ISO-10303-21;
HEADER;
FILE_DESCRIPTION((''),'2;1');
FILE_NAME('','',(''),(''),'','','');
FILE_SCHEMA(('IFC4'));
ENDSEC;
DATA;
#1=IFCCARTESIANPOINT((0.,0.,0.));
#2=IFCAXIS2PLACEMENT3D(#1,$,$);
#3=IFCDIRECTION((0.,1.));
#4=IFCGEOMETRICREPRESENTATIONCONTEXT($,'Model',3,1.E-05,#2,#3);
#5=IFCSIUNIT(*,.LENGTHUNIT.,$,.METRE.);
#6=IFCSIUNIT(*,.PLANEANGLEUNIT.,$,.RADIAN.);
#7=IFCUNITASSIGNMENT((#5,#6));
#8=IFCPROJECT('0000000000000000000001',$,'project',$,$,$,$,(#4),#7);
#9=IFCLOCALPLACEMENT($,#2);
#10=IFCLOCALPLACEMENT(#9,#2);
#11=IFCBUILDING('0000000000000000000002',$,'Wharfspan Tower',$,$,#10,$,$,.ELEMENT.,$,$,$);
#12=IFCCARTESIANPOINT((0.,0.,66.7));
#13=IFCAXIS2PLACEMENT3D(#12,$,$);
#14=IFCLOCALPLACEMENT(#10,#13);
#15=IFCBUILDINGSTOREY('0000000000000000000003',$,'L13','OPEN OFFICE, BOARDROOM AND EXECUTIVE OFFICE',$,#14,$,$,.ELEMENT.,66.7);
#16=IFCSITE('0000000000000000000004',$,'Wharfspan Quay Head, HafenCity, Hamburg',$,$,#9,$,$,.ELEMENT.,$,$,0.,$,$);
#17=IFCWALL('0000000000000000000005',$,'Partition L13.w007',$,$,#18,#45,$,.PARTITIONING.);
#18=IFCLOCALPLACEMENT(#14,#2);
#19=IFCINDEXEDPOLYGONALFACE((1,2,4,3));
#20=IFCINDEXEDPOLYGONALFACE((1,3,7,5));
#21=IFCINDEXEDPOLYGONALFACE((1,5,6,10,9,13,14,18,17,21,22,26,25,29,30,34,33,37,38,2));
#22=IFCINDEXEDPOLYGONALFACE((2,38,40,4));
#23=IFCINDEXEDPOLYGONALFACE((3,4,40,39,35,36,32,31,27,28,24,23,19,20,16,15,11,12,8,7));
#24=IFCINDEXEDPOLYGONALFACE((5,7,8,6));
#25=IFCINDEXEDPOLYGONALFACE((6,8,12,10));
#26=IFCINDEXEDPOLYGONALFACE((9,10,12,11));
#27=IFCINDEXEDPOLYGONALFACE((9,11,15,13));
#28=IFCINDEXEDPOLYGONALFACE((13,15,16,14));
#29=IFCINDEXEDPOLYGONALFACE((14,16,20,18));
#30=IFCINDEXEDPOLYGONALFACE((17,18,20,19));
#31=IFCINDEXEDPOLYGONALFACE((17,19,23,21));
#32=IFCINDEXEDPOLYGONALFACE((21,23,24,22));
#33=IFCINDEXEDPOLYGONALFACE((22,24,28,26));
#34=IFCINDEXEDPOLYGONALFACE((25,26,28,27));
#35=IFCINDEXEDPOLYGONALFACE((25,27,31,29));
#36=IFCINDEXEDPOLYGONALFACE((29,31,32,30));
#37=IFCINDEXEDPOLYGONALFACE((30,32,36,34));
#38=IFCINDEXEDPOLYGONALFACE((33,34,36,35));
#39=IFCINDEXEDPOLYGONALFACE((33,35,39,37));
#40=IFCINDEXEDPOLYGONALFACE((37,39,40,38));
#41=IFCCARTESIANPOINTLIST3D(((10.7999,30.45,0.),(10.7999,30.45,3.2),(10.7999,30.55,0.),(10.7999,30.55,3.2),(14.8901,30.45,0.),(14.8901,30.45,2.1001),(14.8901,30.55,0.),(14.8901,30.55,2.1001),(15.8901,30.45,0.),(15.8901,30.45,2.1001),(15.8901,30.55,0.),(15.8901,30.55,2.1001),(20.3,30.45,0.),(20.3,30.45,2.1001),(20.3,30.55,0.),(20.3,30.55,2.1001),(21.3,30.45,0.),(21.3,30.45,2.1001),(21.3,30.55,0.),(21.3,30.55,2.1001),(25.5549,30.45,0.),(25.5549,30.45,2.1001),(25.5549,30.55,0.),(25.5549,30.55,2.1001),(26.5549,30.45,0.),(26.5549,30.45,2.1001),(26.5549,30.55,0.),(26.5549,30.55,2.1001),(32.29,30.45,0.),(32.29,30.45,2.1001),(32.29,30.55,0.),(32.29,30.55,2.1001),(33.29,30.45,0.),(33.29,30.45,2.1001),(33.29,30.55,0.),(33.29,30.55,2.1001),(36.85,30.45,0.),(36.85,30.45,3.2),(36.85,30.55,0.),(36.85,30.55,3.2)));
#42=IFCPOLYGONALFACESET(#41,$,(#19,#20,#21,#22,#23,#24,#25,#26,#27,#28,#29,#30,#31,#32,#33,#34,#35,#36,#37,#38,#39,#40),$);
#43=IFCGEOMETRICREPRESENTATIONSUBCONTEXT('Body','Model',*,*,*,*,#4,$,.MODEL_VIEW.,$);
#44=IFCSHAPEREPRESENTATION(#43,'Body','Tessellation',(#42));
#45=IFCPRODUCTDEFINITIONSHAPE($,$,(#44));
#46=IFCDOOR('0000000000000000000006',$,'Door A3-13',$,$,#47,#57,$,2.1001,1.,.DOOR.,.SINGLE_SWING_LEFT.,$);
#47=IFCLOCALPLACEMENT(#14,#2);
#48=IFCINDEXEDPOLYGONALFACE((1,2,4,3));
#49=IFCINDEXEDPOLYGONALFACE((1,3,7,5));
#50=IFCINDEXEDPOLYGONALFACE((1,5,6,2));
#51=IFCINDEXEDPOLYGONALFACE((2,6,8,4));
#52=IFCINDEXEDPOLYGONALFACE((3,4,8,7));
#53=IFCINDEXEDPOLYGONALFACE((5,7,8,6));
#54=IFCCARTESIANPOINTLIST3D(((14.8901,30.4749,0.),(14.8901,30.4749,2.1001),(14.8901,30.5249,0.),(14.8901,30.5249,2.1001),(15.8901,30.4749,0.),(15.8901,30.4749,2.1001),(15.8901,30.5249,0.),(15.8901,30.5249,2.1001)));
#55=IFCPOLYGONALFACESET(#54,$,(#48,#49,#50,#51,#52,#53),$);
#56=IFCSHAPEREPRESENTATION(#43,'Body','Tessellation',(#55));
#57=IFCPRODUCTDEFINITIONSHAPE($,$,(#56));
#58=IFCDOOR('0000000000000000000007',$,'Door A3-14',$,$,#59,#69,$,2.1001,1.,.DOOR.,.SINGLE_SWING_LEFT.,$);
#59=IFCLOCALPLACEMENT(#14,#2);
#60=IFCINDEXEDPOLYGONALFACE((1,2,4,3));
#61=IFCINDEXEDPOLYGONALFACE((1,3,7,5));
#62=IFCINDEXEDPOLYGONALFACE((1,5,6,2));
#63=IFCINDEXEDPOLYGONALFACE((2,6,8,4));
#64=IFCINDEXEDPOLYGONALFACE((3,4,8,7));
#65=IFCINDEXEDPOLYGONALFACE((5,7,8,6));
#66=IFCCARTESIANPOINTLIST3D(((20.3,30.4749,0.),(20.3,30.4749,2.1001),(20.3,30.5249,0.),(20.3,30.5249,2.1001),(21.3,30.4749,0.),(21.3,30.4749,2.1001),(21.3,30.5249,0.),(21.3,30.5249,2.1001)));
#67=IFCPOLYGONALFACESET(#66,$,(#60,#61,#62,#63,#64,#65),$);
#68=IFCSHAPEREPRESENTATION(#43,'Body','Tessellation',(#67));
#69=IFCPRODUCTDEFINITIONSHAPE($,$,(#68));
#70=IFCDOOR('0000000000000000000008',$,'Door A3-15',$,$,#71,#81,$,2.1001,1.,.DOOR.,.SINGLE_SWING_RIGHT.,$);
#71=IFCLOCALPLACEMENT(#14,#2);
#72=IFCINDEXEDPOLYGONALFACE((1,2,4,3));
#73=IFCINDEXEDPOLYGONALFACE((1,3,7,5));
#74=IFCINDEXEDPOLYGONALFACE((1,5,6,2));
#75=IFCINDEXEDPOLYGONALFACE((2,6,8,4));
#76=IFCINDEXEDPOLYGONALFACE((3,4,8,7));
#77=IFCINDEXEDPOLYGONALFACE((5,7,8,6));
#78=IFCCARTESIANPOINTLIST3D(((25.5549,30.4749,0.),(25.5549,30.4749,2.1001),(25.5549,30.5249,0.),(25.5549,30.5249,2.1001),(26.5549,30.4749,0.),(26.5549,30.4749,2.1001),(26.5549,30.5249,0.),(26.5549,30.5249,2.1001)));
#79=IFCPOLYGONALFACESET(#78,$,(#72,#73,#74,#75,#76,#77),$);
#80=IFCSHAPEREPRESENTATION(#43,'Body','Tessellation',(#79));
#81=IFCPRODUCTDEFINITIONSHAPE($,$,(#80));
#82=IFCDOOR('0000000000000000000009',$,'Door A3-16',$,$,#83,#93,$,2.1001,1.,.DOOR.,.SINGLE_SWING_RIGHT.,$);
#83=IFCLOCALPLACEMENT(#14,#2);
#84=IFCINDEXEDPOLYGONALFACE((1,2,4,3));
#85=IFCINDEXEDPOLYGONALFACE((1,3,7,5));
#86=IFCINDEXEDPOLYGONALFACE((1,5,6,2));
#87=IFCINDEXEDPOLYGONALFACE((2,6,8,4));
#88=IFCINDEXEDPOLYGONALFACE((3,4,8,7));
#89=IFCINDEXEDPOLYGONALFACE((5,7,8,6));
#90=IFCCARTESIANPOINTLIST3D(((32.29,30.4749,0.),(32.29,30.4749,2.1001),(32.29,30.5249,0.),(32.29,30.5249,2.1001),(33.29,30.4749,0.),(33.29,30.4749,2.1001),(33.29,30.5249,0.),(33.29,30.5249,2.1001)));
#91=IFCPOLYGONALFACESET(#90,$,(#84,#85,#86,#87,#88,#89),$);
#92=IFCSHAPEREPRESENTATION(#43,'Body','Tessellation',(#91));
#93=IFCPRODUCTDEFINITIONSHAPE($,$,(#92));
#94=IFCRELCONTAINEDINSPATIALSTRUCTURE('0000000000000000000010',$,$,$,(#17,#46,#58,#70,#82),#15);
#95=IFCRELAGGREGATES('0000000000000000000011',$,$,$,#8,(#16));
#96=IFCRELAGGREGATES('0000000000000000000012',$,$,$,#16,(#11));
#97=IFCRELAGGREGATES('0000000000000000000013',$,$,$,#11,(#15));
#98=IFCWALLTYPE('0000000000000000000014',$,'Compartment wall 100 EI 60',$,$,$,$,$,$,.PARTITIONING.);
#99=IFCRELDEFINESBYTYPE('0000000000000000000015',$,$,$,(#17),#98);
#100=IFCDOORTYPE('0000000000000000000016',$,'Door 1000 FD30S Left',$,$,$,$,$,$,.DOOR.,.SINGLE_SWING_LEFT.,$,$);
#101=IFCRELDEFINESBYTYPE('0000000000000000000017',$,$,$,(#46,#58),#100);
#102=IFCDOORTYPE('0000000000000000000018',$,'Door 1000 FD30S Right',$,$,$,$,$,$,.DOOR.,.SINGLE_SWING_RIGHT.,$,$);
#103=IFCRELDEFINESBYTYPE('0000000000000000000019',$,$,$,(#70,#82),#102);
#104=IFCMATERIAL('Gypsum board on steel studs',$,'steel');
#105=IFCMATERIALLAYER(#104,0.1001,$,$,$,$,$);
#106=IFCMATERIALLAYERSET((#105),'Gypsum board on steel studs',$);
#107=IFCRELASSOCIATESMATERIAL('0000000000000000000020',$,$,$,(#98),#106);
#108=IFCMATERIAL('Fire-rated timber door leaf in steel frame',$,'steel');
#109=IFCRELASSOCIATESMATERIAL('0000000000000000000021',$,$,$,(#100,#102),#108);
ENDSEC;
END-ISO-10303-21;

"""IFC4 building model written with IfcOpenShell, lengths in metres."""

from ifc_helpers import new_model, si_unit, direction, frame, frame_2d, origin, place, context, subcontext, project, spatial, rectangle, extrude, material, layer, layer_set, type_object, element, fill, save


model = new_model("IFC4")

# Units and contexts
model_context = context("Model", 3, precision=1e-05, world=origin(), true_north=direction((0.0, 1.0)))
body_context = subcontext(model_context, "Body", "Model", "MODEL_VIEW")
ifc_project = project(units=[si_unit("LENGTHUNIT", "METRE"), si_unit("PLANEANGLEUNIT", "RADIAN")], contexts=[model_context])

# Site, building, storey
site_placement = place(None, origin())
site = spatial("IfcSite", under=ifc_project, at=site_placement, Name="Wharfspan Quay Head, HafenCity, Hamburg", CompositionType="ELEMENT", RefElevation=0.0)
building_placement = place(site_placement, origin())
building = spatial("IfcBuilding", under=site, at=building_placement, Name="Wharfspan Tower", CompositionType="ELEMENT")
storey_placement = place(building_placement, frame((0.0, 0.0, 66.7)))
storey = spatial("IfcBuildingStorey", under=building, at=storey_placement, Name="L13", Description="OPEN OFFICE, BOARDROOM AND EXECUTIVE OFFICE", CompositionType="ELEMENT", Elevation=66.7)

# Wall, openings, doors
ifc_material_1 = material(Name="Gypsum board on steel studs", Category="steel")
ifc_layer = layer(ifc_material_1, 0.1001)
ifc_layer_set = layer_set([ifc_layer], Name="Gypsum board on steel studs")
wall_type = type_object("IfcWallType", Name="Compartment wall 100 EI 60", PredefinedType="PARTITIONING", material=ifc_layer_set)
wall_placement = place(storey_placement, frame((10.8, 30.5, 0.0), z_axis=(0.0, 0.0, 1.0), x_axis=(1.0, 0.0, 0.0)))
wall = element("IfcWall", 1, at=wall_placement, inside=storey, type_object=wall_type, Name="Partition L13.w007", PredefinedType="PARTITIONING", context=body_context, shape_type="SweptSolid", body=[
    extrude(rectangle(XDim=26.05, YDim=0.1001, at=frame_2d((13.0249, 0.0))), origin(), (0.0, 0.0, 1.0), 3.2),
])
opening_1_placement = place(wall_placement, frame((4.0901, 0.0, 0.0)))
opening_1 = element("IfcOpeningElement", 2, at=opening_1_placement, cuts=wall, PredefinedType="OPENING", context=body_context, shape_type="SweptSolid", body=[
    extrude(rectangle(XDim=1.0, YDim=2.1001, at=frame_2d((0.5, 1.05))), frame((0.0, 0.0601, 0.0), z_axis=(0.0, -1.0, 0.0), x_axis=(1.0, 0.0, 0.0)), (0.0, 0.0, 1.0), 0.1201),
])
opening_2_placement = place(wall_placement, frame((9.5, 0.0, 0.0)))
opening_2 = element("IfcOpeningElement", 3, at=opening_2_placement, cuts=wall, PredefinedType="OPENING", context=body_context, shape_type="SweptSolid", body=[
    extrude(rectangle(XDim=1.0, YDim=2.1001, at=frame_2d((0.5, 1.05))), frame((0.0, 0.0601, 0.0), z_axis=(0.0, -1.0, 0.0), x_axis=(1.0, 0.0, 0.0)), (0.0, 0.0, 1.0), 0.1201),
])
opening_3_placement = place(wall_placement, frame((14.7549, 0.0, 0.0)))
opening_3 = element("IfcOpeningElement", 4, at=opening_3_placement, cuts=wall, PredefinedType="OPENING", context=body_context, shape_type="SweptSolid", body=[
    extrude(rectangle(XDim=1.0, YDim=2.1001, at=frame_2d((0.5, 1.05))), frame((0.0, 0.0601, 0.0), z_axis=(0.0, -1.0, 0.0), x_axis=(1.0, 0.0, 0.0)), (0.0, 0.0, 1.0), 0.1201),
])
opening_4_placement = place(wall_placement, frame((21.49, 0.0, 0.0)))
opening_4 = element("IfcOpeningElement", 5, at=opening_4_placement, cuts=wall, PredefinedType="OPENING", context=body_context, shape_type="SweptSolid", body=[
    extrude(rectangle(XDim=1.0, YDim=2.1001, at=frame_2d((0.5, 1.05))), frame((0.0, 0.0601, 0.0), z_axis=(0.0, -1.0, 0.0), x_axis=(1.0, 0.0, 0.0)), (0.0, 0.0, 1.0), 0.1201),
])
ifc_material_2 = material(Name="Fire-rated timber door leaf in steel frame", Category="steel")
door_type_1 = type_object("IfcDoorType", Name="Door 1000 FD30S Left", OperationType="SINGLE_SWING_LEFT", PredefinedType="DOOR", material=ifc_material_2)
door_1_placement = place(opening_1_placement, origin())
door_1 = element("IfcDoor", 6, at=door_1_placement, inside=storey, type_object=door_type_1, Name="Door A3-13", OperationType="SINGLE_SWING_LEFT", OverallHeight=2.1001, OverallWidth=1.0, PredefinedType="DOOR", context=body_context, shape_type="SweptSolid", body=[
    extrude(rectangle(XDim=1.0, YDim=2.1001, at=frame_2d((0.5, 1.05))), frame((0.0, 0.0249, 0.0), z_axis=(0.0, -1.0, 0.0), x_axis=(1.0, 0.0, 0.0)), (0.0, 0.0, 1.0), 0.05),
])
fill(opening_1, door_1)
door_2_placement = place(opening_2_placement, origin())
door_2 = element("IfcDoor", 7, at=door_2_placement, inside=storey, type_object=door_type_1, Name="Door A3-14", OperationType="SINGLE_SWING_LEFT", OverallHeight=2.1001, OverallWidth=1.0, PredefinedType="DOOR", context=body_context, shape_type="SweptSolid", body=[
    extrude(rectangle(XDim=1.0, YDim=2.1001, at=frame_2d((0.5, 1.05))), frame((0.0, 0.0249, 0.0), z_axis=(0.0, -1.0, 0.0), x_axis=(1.0, 0.0, 0.0)), (0.0, 0.0, 1.0), 0.05),
])
fill(opening_2, door_2)
door_type_2 = type_object("IfcDoorType", Name="Door 1000 FD30S Right", OperationType="SINGLE_SWING_RIGHT", PredefinedType="DOOR", material=ifc_material_2)
door_3_placement = place(opening_3_placement, origin())
door_3 = element("IfcDoor", 8, at=door_3_placement, inside=storey, type_object=door_type_2, Name="Door A3-15", OperationType="SINGLE_SWING_RIGHT", OverallHeight=2.1001, OverallWidth=1.0, PredefinedType="DOOR", context=body_context, shape_type="SweptSolid", body=[
    extrude(rectangle(XDim=1.0, YDim=2.1001, at=frame_2d((0.5, 1.05))), frame((0.0, 0.0249, 0.0), z_axis=(0.0, -1.0, 0.0), x_axis=(1.0, 0.0, 0.0)), (0.0, 0.0, 1.0), 0.05),
])
fill(opening_3, door_3)
door_4_placement = place(opening_4_placement, origin())
door_4 = element("IfcDoor", 9, at=door_4_placement, inside=storey, type_object=door_type_2, Name="Door A3-16", OperationType="SINGLE_SWING_RIGHT", OverallHeight=2.1001, OverallWidth=1.0, PredefinedType="DOOR", context=body_context, shape_type="SweptSolid", body=[
    extrude(rectangle(XDim=1.0, YDim=2.1001, at=frame_2d((0.5, 1.05))), frame((0.0, 0.0249, 0.0), z_axis=(0.0, -1.0, 0.0), x_axis=(1.0, 0.0, 0.0)), (0.0, 0.0, 1.0), 0.05),
])
fill(opening_4, door_4)

save(model, "model.ifc")
